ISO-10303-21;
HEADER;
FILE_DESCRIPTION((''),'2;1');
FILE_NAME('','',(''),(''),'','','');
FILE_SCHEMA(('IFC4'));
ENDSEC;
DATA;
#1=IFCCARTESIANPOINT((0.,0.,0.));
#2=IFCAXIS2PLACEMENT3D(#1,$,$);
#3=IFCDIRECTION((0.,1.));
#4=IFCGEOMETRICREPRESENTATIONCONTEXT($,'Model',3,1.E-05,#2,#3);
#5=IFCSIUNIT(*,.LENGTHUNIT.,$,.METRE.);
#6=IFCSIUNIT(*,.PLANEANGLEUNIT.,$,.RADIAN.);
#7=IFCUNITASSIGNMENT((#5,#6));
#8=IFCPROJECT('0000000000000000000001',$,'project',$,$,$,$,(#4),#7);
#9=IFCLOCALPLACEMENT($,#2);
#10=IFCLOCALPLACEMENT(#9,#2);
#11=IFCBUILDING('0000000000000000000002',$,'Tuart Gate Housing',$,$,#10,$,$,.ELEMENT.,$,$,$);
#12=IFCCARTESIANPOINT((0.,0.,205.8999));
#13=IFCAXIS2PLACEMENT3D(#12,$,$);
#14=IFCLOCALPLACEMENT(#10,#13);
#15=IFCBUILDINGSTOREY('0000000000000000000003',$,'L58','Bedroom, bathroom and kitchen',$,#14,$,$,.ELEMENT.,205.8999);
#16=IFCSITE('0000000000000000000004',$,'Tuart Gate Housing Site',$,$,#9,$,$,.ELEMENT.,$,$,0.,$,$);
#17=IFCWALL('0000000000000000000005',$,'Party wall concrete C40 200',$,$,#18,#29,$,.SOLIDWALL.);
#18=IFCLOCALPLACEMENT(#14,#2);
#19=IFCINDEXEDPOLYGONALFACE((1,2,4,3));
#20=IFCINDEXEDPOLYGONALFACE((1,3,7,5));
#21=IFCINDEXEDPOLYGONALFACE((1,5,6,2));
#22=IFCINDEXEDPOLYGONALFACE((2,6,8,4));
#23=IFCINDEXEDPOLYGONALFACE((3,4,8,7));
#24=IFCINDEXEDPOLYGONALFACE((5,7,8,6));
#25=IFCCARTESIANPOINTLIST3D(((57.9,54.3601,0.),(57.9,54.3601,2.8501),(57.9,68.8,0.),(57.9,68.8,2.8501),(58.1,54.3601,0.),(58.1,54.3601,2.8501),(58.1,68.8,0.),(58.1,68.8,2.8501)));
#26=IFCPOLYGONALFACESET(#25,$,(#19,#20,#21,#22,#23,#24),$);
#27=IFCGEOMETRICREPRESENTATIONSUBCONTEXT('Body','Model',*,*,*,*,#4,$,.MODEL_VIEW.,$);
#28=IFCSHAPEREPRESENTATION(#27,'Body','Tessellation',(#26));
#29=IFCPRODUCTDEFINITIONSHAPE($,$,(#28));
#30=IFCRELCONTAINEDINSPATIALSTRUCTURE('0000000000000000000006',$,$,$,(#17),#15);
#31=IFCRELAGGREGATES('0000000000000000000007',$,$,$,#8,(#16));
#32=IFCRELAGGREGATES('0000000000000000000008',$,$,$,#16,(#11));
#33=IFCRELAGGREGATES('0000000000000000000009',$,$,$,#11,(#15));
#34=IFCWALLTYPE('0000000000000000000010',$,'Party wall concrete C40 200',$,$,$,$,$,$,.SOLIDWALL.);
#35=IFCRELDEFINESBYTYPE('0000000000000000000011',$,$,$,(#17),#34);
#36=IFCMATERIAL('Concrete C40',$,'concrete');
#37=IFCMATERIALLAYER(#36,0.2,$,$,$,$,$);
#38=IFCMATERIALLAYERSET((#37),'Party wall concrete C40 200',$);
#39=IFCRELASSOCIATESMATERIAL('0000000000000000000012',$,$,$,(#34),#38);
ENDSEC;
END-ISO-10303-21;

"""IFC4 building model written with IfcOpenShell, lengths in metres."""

from ifc_helpers import new_model, si_unit, direction, frame, frame_2d, origin, place, context, subcontext, project, spatial, rectangle, extrude, material, layer, layer_set, type_object, element, save


model = new_model("IFC4")

# Units and contexts
model_context = context("Model", 3, precision=1e-05, world=origin(), true_north=direction((0.0, 1.0)))
body_context = subcontext(model_context, "Body", "Model", "MODEL_VIEW")
ifc_project = project(units=[si_unit("LENGTHUNIT", "METRE"), si_unit("PLANEANGLEUNIT", "RADIAN")], contexts=[model_context])

# Site, building, storey
site_placement = place(None, origin())
site = spatial("IfcSite", under=ifc_project, at=site_placement, Name="Tuart Gate Housing Site", CompositionType="ELEMENT", RefElevation=0.0)
building_placement = place(site_placement, origin())
building = spatial("IfcBuilding", under=site, at=building_placement, Name="Tuart Gate Housing", CompositionType="ELEMENT")
storey_placement = place(building_placement, frame((0.0, 0.0, 205.8999)))
storey = spatial("IfcBuildingStorey", under=building, at=storey_placement, Name="L58", Description="Bedroom, bathroom and kitchen", CompositionType="ELEMENT", Elevation=205.8999)

# Wall
ifc_material_1 = material(Name="Concrete C40", Category="concrete")
ifc_layer_1 = layer(ifc_material_1, 0.2)
ifc_layer_set_1 = layer_set([ifc_layer_1], Name="Party wall concrete C40 200")
wall_type_1 = type_object("IfcWallType", Name="Party wall concrete C40 200", PredefinedType="SOLIDWALL", material=ifc_layer_set_1)
for number, where, z_axis, x_axis, name in (
    (1, (58.0, 54.3601, 0.0), (0.0, 0.0, 1.0), (0.0, 1.0, 0.0), "Party wall concrete C40 200"),
):
    element("IfcWall", number, at=place(storey_placement, frame(where, z_axis=z_axis, x_axis=x_axis)), inside=storey, type_object=wall_type_1, Name=name, PredefinedType="SOLIDWALL", context=body_context, shape_type="SweptSolid", body=[
        extrude(rectangle(XDim=14.4399, YDim=0.2, at=frame_2d((7.22, 0.0))), origin(), (0.0, 0.0, 1.0), 2.8501),
    ])

save(model, "model.ifc")
